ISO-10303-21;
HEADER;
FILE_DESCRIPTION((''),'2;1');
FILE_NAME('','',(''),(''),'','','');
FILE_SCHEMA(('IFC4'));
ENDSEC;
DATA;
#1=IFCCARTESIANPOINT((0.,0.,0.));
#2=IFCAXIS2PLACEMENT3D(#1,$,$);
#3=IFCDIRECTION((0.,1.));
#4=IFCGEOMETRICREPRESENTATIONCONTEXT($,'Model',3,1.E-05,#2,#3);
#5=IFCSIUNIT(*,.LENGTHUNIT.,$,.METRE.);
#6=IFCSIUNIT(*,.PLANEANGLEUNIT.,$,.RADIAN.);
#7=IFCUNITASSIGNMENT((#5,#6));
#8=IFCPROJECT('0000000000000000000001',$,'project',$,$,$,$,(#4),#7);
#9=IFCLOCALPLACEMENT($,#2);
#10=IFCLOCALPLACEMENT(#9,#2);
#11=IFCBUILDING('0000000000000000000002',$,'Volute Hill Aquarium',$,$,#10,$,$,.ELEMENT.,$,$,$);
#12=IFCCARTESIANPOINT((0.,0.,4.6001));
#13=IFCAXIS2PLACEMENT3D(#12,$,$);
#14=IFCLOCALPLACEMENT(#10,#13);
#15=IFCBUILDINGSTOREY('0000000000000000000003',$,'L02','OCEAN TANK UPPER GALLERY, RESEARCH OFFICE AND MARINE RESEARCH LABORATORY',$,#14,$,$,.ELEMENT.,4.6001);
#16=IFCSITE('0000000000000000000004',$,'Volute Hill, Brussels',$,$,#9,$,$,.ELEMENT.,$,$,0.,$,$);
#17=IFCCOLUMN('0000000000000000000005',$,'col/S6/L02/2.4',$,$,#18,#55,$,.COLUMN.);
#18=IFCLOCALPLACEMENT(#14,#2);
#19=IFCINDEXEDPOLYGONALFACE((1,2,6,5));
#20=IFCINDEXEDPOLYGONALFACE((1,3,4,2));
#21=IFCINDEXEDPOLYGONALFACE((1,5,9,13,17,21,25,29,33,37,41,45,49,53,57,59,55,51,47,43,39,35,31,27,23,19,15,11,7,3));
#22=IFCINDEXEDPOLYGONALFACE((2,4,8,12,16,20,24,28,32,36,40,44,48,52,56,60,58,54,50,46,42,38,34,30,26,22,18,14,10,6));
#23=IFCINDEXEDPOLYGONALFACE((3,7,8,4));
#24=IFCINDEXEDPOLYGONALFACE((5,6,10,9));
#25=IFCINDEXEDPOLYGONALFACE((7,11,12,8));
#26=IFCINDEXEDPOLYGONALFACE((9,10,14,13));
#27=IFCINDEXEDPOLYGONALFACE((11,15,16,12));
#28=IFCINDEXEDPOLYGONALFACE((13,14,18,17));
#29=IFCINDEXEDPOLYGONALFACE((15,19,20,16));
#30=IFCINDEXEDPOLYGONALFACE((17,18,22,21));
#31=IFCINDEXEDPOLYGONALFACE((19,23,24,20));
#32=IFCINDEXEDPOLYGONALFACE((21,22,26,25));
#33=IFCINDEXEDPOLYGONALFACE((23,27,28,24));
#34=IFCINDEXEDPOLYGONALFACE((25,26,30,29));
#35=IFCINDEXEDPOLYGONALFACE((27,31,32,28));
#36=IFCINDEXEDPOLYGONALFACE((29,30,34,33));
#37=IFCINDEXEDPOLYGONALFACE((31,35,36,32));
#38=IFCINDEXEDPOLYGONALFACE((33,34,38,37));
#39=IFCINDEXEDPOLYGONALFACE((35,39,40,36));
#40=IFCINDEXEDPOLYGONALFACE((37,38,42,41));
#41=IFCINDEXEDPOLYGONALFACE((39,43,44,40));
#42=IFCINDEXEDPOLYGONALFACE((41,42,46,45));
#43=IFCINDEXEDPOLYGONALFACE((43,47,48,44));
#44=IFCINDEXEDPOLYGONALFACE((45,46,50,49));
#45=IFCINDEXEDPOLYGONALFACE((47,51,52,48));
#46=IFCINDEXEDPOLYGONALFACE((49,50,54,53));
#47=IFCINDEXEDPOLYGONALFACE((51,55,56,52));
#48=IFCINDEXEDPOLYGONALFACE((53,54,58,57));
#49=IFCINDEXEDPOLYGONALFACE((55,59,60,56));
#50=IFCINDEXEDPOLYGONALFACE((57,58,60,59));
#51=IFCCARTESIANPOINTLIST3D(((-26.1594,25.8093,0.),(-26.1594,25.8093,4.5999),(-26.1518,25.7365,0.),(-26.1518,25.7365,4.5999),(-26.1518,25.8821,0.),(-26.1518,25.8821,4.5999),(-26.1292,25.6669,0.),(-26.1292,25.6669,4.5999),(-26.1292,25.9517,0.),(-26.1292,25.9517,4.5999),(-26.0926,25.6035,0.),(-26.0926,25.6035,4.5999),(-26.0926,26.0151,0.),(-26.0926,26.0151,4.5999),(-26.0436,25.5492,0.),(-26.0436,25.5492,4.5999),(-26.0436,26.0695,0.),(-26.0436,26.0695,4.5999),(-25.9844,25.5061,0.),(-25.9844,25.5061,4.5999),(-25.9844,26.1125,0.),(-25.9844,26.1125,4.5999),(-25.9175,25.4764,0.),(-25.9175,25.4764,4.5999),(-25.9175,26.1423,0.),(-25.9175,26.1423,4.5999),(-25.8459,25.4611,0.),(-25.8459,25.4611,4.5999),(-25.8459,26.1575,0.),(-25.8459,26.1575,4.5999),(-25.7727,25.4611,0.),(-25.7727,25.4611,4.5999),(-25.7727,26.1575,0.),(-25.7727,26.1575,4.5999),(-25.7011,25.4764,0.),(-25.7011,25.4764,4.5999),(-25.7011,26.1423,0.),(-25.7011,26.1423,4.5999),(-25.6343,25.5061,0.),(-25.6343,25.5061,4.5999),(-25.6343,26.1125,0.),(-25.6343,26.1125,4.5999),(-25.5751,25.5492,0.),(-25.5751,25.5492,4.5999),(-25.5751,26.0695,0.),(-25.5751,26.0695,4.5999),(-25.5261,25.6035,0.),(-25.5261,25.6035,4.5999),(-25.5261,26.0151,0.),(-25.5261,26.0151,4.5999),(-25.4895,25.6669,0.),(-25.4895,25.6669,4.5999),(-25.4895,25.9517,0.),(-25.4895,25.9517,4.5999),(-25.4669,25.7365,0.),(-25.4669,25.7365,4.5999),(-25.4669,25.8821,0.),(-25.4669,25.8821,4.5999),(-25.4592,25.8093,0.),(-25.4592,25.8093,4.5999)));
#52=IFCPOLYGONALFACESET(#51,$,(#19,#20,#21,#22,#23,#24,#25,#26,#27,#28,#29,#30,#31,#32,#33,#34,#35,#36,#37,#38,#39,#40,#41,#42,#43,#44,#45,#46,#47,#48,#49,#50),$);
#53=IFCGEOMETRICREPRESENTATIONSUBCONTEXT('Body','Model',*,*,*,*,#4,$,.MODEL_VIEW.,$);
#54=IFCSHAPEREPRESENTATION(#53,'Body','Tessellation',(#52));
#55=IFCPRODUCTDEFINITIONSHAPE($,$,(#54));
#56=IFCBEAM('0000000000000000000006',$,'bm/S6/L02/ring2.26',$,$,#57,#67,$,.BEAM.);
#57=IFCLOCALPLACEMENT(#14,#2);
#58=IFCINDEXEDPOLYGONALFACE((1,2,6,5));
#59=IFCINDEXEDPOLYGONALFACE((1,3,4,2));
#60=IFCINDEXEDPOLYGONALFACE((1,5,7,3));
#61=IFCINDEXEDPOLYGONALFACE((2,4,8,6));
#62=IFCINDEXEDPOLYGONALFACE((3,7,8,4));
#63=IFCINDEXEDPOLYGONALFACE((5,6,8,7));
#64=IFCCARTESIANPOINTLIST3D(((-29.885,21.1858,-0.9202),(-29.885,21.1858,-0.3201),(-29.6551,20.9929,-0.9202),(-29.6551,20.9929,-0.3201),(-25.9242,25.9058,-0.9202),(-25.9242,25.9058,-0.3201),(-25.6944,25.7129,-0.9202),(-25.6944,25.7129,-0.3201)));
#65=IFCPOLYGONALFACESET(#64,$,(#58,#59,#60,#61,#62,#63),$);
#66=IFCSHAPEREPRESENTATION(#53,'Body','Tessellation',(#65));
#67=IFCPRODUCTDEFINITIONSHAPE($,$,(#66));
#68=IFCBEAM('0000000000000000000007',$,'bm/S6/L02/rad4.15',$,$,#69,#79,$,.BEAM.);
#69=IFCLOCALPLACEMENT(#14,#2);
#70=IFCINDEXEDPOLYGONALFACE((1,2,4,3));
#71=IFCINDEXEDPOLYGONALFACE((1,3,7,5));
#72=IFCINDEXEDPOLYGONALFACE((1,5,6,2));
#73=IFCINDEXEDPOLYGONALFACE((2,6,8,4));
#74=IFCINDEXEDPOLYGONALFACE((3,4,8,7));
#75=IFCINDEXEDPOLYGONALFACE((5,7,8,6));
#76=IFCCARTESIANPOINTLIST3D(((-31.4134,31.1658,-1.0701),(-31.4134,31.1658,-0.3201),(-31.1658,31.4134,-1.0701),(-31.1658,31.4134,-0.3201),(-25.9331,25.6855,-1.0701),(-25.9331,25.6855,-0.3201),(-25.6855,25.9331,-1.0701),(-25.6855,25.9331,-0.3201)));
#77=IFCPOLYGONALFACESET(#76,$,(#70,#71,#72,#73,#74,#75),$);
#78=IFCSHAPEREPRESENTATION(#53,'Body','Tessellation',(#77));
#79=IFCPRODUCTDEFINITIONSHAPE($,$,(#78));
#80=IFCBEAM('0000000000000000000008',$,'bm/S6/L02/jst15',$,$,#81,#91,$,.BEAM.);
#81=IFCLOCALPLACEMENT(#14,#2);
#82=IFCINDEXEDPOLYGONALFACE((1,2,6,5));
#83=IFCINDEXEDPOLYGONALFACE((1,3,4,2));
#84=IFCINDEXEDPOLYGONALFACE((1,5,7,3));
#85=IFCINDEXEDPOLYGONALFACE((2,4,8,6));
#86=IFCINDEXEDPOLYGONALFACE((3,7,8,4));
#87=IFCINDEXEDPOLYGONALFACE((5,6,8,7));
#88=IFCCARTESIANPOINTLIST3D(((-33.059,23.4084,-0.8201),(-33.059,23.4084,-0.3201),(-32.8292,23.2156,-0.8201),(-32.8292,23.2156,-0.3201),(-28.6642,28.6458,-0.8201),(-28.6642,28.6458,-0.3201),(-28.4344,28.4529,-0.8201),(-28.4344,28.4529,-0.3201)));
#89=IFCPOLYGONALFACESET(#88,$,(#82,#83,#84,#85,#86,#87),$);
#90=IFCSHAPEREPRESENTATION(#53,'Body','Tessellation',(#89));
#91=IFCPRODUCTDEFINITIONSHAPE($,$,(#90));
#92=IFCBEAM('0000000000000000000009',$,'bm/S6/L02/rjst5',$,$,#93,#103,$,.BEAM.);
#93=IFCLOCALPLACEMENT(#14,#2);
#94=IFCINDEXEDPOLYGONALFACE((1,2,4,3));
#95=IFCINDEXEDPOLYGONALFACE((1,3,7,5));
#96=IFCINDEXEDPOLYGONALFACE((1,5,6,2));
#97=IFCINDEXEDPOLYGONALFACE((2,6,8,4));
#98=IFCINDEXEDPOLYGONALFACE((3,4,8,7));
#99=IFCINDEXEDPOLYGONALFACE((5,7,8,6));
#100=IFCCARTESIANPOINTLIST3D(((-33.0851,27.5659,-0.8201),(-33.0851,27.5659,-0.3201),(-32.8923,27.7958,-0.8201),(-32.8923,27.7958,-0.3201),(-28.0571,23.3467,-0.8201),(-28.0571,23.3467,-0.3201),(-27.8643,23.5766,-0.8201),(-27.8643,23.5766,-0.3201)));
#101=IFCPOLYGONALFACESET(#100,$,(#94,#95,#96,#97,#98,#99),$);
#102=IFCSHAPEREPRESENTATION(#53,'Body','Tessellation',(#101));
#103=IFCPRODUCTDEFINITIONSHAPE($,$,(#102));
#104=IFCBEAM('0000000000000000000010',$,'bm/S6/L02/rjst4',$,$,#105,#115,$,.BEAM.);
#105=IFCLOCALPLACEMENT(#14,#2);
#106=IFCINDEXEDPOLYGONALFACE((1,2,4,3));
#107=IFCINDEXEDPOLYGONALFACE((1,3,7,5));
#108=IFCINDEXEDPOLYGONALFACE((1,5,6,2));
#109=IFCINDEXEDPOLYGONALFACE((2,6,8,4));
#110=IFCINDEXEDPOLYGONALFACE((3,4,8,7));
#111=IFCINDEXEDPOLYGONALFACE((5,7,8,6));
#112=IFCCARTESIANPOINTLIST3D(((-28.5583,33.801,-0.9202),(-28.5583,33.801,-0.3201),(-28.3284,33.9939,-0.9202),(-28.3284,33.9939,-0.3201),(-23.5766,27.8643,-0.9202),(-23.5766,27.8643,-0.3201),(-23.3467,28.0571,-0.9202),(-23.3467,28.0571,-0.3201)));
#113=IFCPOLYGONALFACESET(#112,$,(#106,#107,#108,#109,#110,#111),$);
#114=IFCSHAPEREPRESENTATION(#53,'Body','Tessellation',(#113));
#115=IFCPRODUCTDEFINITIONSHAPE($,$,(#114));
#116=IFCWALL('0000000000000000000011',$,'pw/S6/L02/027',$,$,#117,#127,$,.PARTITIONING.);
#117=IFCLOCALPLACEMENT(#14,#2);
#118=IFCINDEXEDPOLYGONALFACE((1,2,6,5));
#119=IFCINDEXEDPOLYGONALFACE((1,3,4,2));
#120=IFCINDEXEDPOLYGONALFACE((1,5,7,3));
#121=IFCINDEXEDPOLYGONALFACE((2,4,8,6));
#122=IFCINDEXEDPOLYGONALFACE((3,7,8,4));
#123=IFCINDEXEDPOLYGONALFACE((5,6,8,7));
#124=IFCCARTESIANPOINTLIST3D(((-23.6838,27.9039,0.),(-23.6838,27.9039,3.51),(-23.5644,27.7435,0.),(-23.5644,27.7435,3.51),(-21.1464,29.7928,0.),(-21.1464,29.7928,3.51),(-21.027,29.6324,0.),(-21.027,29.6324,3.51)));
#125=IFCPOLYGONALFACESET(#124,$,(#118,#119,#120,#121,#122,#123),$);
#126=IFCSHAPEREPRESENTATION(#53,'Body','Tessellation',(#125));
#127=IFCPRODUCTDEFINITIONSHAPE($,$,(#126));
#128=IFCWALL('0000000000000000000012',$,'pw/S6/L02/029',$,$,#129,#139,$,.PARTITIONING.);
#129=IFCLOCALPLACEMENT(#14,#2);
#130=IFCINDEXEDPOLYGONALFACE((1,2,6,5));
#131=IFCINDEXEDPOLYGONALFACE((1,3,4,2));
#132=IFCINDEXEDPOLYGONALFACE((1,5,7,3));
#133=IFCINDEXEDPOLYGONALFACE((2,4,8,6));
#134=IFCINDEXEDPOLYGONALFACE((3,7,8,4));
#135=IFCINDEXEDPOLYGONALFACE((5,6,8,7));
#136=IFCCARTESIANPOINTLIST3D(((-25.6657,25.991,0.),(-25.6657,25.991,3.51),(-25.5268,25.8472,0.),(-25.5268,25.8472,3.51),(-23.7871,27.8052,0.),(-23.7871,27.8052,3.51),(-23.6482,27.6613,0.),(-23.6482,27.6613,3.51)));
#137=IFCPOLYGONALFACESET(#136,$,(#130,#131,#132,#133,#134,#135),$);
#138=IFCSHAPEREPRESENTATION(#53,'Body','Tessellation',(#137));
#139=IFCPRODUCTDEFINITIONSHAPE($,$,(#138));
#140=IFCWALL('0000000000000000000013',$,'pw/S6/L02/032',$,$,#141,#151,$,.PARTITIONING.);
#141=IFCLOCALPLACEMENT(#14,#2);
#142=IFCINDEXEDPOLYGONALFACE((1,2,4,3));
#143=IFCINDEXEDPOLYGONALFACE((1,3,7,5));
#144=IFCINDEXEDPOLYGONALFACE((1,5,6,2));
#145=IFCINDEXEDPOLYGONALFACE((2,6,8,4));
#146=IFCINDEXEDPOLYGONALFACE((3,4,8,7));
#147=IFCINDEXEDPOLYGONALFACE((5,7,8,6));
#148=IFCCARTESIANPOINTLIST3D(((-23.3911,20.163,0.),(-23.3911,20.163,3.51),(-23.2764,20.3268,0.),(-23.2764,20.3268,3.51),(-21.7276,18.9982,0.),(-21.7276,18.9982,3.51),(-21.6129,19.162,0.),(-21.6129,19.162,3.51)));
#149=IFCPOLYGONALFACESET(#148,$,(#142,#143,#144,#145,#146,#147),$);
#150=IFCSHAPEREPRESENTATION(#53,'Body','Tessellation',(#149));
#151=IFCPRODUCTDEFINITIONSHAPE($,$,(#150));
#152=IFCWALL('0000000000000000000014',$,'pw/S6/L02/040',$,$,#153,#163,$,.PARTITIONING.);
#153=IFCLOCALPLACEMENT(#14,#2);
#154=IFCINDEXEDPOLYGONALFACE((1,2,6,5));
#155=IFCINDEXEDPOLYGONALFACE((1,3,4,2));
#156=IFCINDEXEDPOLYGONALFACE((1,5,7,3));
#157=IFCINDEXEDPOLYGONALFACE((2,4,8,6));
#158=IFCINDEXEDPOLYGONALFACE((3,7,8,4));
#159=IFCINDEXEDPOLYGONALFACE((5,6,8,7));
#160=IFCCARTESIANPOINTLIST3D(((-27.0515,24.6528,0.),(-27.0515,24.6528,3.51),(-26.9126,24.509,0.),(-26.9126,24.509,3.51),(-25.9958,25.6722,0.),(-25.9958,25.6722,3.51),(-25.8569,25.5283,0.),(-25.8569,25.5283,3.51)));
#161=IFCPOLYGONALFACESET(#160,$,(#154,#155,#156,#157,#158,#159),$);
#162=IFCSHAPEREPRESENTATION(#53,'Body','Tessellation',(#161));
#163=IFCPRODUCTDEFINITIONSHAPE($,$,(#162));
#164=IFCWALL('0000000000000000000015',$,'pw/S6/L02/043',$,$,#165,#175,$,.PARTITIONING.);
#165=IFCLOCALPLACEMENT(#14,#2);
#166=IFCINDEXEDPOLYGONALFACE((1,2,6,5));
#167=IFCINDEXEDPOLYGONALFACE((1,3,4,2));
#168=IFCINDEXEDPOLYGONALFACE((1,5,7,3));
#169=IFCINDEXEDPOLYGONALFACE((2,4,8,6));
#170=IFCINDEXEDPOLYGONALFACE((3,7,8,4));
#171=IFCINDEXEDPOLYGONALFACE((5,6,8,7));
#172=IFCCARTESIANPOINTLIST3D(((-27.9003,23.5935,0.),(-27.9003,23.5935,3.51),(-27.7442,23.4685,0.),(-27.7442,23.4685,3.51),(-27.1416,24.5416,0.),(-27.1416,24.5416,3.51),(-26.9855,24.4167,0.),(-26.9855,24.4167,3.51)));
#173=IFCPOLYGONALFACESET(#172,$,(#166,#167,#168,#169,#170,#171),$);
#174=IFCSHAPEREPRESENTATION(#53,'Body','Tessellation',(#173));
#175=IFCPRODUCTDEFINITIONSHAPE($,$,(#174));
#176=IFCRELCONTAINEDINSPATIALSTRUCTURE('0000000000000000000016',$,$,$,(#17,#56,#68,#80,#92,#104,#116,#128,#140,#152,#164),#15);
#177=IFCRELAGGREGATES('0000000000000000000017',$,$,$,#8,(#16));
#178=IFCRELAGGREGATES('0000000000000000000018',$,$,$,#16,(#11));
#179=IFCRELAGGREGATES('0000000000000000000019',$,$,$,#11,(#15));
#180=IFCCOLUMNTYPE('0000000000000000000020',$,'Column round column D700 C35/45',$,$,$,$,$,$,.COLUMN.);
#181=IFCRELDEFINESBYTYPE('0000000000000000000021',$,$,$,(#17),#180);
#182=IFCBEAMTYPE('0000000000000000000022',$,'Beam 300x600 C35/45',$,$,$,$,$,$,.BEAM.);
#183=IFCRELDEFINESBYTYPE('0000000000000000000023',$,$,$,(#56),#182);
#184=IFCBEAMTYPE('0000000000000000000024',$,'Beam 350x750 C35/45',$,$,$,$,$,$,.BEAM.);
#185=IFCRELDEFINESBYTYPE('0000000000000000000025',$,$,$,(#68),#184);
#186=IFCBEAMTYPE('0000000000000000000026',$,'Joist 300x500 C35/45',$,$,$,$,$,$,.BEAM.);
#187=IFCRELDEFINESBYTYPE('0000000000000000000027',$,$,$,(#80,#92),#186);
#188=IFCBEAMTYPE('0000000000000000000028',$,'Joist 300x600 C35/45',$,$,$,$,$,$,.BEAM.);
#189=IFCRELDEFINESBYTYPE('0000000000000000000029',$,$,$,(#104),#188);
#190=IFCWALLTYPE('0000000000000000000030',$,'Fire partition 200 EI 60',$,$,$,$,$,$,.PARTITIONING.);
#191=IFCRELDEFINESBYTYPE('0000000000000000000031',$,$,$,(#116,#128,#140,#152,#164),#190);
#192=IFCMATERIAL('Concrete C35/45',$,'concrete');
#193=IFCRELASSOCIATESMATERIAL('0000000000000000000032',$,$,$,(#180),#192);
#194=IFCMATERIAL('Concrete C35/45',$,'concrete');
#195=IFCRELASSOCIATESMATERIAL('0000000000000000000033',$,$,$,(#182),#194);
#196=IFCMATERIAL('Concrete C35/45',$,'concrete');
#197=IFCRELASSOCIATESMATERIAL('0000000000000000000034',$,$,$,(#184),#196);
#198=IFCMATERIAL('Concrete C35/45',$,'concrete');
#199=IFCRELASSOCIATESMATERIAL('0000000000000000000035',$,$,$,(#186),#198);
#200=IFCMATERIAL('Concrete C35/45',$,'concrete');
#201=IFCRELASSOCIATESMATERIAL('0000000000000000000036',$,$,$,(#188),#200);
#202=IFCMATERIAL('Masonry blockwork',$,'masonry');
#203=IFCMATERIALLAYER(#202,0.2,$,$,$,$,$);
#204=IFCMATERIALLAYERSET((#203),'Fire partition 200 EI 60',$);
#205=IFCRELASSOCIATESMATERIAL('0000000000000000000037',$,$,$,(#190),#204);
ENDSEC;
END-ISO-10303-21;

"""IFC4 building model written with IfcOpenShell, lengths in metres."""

from ifc_helpers import new_model, si_unit, direction, frame, frame_2d, origin, origin_2d, place, context, subcontext, project, spatial, rectangle, circle, extrude, material, layer, layer_set, material_profile, profile_set, type_object, element, save


model = new_model("IFC4")

# Units and contexts
model_context = context("Model", 3, precision=1e-05, world=origin(), true_north=direction((0.0, 1.0)))
body_context = subcontext(model_context, "Body", "Model", "MODEL_VIEW")
ifc_project = project(units=[si_unit("LENGTHUNIT", "METRE"), si_unit("PLANEANGLEUNIT", "RADIAN")], contexts=[model_context])

# Site, building, storey
site_placement = place(None, origin())
site = spatial("IfcSite", under=ifc_project, at=site_placement, Name="Volute Hill, Brussels", CompositionType="ELEMENT", RefElevation=0.0)
building_placement = place(site_placement, origin())
building = spatial("IfcBuilding", under=site, at=building_placement, Name="Volute Hill Aquarium", CompositionType="ELEMENT")
storey_placement = place(building_placement, frame((0.0, 0.0, 4.6001)))
storey = spatial("IfcBuildingStorey", under=building, at=storey_placement, Name="L02", Description="OCEAN TANK UPPER GALLERY, RESEARCH OFFICE AND MARINE RESEARCH LABORATORY", CompositionType="ELEMENT", Elevation=4.6001)

# Column
ifc_material_1 = material(Name="Concrete C35/45", Category="concrete")
ifc_material_profile_1 = material_profile(ifc_material_1, circle(Radius=0.3501, at=origin_2d()), Name="RC round column D700")
ifc_profile_set_1 = profile_set([ifc_material_profile_1], Name="Concrete C35/45")
column_type = type_object("IfcColumnType", Name="Column round column D700 C35/45", PredefinedType="COLUMN", material=ifc_profile_set_1)
column_placement = place(storey_placement, frame((-25.8093, 25.8093, 0.0), z_axis=(0.0, 0.0, 1.0), x_axis=(1.0, 0.0, 0.0)))
element("IfcColumn", 1, at=column_placement, inside=storey, type_object=column_type, Name="col/S6/L02/2.4", PredefinedType="COLUMN", context=body_context, shape_type="SweptSolid", body=[
    extrude(circle(Radius=0.3501, at=origin_2d()), origin(), (0.0, 0.0, 1.0), 4.5999),
])

# Beams
ifc_material_2 = material(Name="Concrete C35/45", Category="concrete")
ifc_material_profile_2 = material_profile(ifc_material_2, rectangle(XDim=0.3, YDim=0.6001, at=origin_2d()), Name="RC beam 300x600")
ifc_profile_set_2 = profile_set([ifc_material_profile_2], Name="Concrete C35/45")
beam_type_1 = type_object("IfcBeamType", Name="Beam 300x600 C35/45", PredefinedType="BEAM", material=ifc_profile_set_2)
beam_1_placement = place(storey_placement, frame((-25.8093, 25.8093, -0.6201), z_axis=(-0.642804, -0.766031, 0.0), x_axis=(0.766031, -0.642804, 0.0)))
element("IfcBeam", 2, at=beam_1_placement, inside=storey, type_object=beam_type_1, Name="bm/S6/L02/ring2.26", PredefinedType="BEAM", context=body_context, shape_type="SweptSolid", body=[
    extrude(rectangle(XDim=0.3, YDim=0.6001, at=origin_2d()), origin(), (0.0, 0.0, 1.0), 6.1616),
])
ifc_material_3 = material(Name="Concrete C35/45", Category="concrete")
ifc_material_profile_3 = material_profile(ifc_material_3, rectangle(XDim=0.3501, YDim=0.75, at=origin_2d()), Name="RC beam 350x750")
ifc_profile_set_3 = profile_set([ifc_material_profile_3], Name="Concrete C35/45")
beam_type_2 = type_object("IfcBeamType", Name="Beam 350x750 C35/45", PredefinedType="BEAM", material=ifc_profile_set_3)
beam_2_placement = place(storey_placement, frame((-25.8093, 25.8093, -0.6951), z_axis=(-0.707107, 0.707107, 0.0), x_axis=(-0.707107, -0.707107, 0.0)))
element("IfcBeam", 3, at=beam_2_placement, inside=storey, type_object=beam_type_2, Name="bm/S6/L02/rad4.15", PredefinedType="BEAM", context=body_context, shape_type="SweptSolid", body=[
    extrude(rectangle(XDim=0.3501, YDim=0.75, at=origin_2d()), origin(), (0.0, 0.0, 1.0), 7.7502),
])
ifc_material_4 = material(Name="Concrete C35/45", Category="concrete")
ifc_material_profile_4 = material_profile(ifc_material_4, rectangle(XDim=0.3, YDim=0.5, at=origin_2d()), Name="RC joist 300x500")
ifc_profile_set_4 = profile_set([ifc_material_profile_4], Name="Concrete C35/45")
beam_type_3 = type_object("IfcBeamType", Name="Joist 300x500 C35/45", PredefinedType="BEAM", material=ifc_profile_set_4)
beam_3_placement = place(storey_placement, frame((-28.5493, 28.5493, -0.5701), z_axis=(-0.642801, -0.766033, 0.0), x_axis=(0.766033, -0.642801, 0.0)))
element("IfcBeam", 4, at=beam_3_placement, inside=storey, type_object=beam_type_3, Name="bm/S6/L02/jst15", PredefinedType="BEAM", context=body_context, shape_type="SweptSolid", body=[
    extrude(rectangle(XDim=0.3, YDim=0.5, at=origin_2d()), origin(), (0.0, 0.0, 1.0), 6.8369),
])
beam_4_placement = place(storey_placement, frame((-27.9607, 23.4617, -0.5701), z_axis=(-0.766031, 0.642804, 0.0), x_axis=(-0.642804, -0.766031, 0.0)))
element("IfcBeam", 5, at=beam_4_placement, inside=storey, type_object=beam_type_3, Name="bm/S6/L02/rjst5", PredefinedType="BEAM", context=body_context, shape_type="SweptSolid", body=[
    extrude(rectangle(XDim=0.3, YDim=0.5, at=origin_2d()), origin(), (0.0, 0.0, 1.0), 6.5637),
])
ifc_material_5 = material(Name="Concrete C35/45", Category="concrete")
ifc_material_profile_5 = material_profile(ifc_material_5, rectangle(XDim=0.3, YDim=0.6001, at=origin_2d()), Name="RC joist 300x600")
ifc_profile_set_5 = profile_set([ifc_material_profile_5], Name="Concrete C35/45")
beam_type_4 = type_object("IfcBeamType", Name="Joist 300x600 C35/45", PredefinedType="BEAM", material=ifc_profile_set_5)
beam_5_placement = place(storey_placement, frame((-23.4617, 27.9607, -0.6201), z_axis=(-0.642799, 0.766035, 0.0), x_axis=(-0.766035, -0.642799, 0.0)))
element("IfcBeam", 6, at=beam_5_placement, inside=storey, type_object=beam_type_4, Name="bm/S6/L02/rjst4", PredefinedType="BEAM", context=body_context, shape_type="SweptSolid", body=[
    extrude(rectangle(XDim=0.3, YDim=0.6001, at=origin_2d()), origin(), (0.0, 0.0, 1.0), 7.75),
])

# Shared definitions
ifc_material_6 = material(Name="Masonry blockwork", Category="masonry")
ifc_layer_1 = layer(ifc_material_6, 0.2)
ifc_layer_set_1 = layer_set([ifc_layer_1], Name="Fire partition 200 EI 60")
wall_type = type_object("IfcWallType", Name="Fire partition 200 EI 60", PredefinedType="PARTITIONING", material=ifc_layer_set_1)

# Walls
wall_1_placement = place(storey_placement, frame((-23.624, 27.8237, 0.0), z_axis=(0.0, 0.0, 1.0), x_axis=(0.802134, 0.597144, 0.0)))
element("IfcWall", 7, at=wall_1_placement, inside=storey, type_object=wall_type, Name="pw/S6/L02/027", PredefinedType="PARTITIONING", context=body_context, shape_type="SweptSolid", body=[
    extrude(rectangle(XDim=3.1633, YDim=0.2, at=frame_2d((1.5815, 0.0))), origin(), (0.0, 0.0, 1.0), 3.51),
])
wall_2_placement = place(storey_placement, frame((-25.5962, 25.9192, 0.0), z_axis=(0.0, 0.0, 1.0), x_axis=(0.719339, 0.69466, 0.0)))
element("IfcWall", 8, at=wall_2_placement, inside=storey, type_object=wall_type, Name="pw/S6/L02/029", PredefinedType="PARTITIONING", context=body_context, shape_type="SweptSolid", body=[
    extrude(rectangle(XDim=2.6116, YDim=0.2, at=frame_2d((1.3057, 0.0))), origin(), (0.0, 0.0, 1.0), 3.51),
])
wall_3_placement = place(storey_placement, frame((-23.3337, 20.2449, 0.0), z_axis=(0.0, 0.0, 1.0), x_axis=(0.819164, -0.573559, 0.0)))
element("IfcWall", 9, at=wall_3_placement, inside=storey, type_object=wall_type, Name="pw/S6/L02/032", PredefinedType="PARTITIONING", context=body_context, shape_type="SweptSolid", body=[
    extrude(rectangle(XDim=2.0308, YDim=0.2, at=frame_2d((1.0154, 0.0))), origin(), (0.0, 0.0, 1.0), 3.51),
])
wall_4_placement = place(storey_placement, frame((-26.9822, 24.5808, 0.0), z_axis=(0.0, 0.0, 1.0), x_axis=(0.719393, 0.694603, 0.0)))
element("IfcWall", 10, at=wall_4_placement, inside=storey, type_object=wall_type, Name="pw/S6/L02/040", PredefinedType="PARTITIONING", context=body_context, shape_type="SweptSolid", body=[
    extrude(rectangle(XDim=1.4675, YDim=0.2, at=frame_2d((0.7339, 0.0))), origin(), (0.0, 0.0, 1.0), 3.51),
])
wall_5_placement = place(storey_placement, frame((-27.8223, 23.531, 0.0), z_axis=(0.0, 0.0, 1.0), x_axis=(0.624793, 0.78079, 0.0)))
element("IfcWall", 11, at=wall_5_placement, inside=storey, type_object=wall_type, Name="pw/S6/L02/043", PredefinedType="PARTITIONING", context=body_context, shape_type="SweptSolid", body=[
    extrude(rectangle(XDim=1.2144, YDim=0.2, at=frame_2d((0.6072, 0.0))), origin(), (0.0, 0.0, 1.0), 3.51),
])

save(model, "model.ifc")
